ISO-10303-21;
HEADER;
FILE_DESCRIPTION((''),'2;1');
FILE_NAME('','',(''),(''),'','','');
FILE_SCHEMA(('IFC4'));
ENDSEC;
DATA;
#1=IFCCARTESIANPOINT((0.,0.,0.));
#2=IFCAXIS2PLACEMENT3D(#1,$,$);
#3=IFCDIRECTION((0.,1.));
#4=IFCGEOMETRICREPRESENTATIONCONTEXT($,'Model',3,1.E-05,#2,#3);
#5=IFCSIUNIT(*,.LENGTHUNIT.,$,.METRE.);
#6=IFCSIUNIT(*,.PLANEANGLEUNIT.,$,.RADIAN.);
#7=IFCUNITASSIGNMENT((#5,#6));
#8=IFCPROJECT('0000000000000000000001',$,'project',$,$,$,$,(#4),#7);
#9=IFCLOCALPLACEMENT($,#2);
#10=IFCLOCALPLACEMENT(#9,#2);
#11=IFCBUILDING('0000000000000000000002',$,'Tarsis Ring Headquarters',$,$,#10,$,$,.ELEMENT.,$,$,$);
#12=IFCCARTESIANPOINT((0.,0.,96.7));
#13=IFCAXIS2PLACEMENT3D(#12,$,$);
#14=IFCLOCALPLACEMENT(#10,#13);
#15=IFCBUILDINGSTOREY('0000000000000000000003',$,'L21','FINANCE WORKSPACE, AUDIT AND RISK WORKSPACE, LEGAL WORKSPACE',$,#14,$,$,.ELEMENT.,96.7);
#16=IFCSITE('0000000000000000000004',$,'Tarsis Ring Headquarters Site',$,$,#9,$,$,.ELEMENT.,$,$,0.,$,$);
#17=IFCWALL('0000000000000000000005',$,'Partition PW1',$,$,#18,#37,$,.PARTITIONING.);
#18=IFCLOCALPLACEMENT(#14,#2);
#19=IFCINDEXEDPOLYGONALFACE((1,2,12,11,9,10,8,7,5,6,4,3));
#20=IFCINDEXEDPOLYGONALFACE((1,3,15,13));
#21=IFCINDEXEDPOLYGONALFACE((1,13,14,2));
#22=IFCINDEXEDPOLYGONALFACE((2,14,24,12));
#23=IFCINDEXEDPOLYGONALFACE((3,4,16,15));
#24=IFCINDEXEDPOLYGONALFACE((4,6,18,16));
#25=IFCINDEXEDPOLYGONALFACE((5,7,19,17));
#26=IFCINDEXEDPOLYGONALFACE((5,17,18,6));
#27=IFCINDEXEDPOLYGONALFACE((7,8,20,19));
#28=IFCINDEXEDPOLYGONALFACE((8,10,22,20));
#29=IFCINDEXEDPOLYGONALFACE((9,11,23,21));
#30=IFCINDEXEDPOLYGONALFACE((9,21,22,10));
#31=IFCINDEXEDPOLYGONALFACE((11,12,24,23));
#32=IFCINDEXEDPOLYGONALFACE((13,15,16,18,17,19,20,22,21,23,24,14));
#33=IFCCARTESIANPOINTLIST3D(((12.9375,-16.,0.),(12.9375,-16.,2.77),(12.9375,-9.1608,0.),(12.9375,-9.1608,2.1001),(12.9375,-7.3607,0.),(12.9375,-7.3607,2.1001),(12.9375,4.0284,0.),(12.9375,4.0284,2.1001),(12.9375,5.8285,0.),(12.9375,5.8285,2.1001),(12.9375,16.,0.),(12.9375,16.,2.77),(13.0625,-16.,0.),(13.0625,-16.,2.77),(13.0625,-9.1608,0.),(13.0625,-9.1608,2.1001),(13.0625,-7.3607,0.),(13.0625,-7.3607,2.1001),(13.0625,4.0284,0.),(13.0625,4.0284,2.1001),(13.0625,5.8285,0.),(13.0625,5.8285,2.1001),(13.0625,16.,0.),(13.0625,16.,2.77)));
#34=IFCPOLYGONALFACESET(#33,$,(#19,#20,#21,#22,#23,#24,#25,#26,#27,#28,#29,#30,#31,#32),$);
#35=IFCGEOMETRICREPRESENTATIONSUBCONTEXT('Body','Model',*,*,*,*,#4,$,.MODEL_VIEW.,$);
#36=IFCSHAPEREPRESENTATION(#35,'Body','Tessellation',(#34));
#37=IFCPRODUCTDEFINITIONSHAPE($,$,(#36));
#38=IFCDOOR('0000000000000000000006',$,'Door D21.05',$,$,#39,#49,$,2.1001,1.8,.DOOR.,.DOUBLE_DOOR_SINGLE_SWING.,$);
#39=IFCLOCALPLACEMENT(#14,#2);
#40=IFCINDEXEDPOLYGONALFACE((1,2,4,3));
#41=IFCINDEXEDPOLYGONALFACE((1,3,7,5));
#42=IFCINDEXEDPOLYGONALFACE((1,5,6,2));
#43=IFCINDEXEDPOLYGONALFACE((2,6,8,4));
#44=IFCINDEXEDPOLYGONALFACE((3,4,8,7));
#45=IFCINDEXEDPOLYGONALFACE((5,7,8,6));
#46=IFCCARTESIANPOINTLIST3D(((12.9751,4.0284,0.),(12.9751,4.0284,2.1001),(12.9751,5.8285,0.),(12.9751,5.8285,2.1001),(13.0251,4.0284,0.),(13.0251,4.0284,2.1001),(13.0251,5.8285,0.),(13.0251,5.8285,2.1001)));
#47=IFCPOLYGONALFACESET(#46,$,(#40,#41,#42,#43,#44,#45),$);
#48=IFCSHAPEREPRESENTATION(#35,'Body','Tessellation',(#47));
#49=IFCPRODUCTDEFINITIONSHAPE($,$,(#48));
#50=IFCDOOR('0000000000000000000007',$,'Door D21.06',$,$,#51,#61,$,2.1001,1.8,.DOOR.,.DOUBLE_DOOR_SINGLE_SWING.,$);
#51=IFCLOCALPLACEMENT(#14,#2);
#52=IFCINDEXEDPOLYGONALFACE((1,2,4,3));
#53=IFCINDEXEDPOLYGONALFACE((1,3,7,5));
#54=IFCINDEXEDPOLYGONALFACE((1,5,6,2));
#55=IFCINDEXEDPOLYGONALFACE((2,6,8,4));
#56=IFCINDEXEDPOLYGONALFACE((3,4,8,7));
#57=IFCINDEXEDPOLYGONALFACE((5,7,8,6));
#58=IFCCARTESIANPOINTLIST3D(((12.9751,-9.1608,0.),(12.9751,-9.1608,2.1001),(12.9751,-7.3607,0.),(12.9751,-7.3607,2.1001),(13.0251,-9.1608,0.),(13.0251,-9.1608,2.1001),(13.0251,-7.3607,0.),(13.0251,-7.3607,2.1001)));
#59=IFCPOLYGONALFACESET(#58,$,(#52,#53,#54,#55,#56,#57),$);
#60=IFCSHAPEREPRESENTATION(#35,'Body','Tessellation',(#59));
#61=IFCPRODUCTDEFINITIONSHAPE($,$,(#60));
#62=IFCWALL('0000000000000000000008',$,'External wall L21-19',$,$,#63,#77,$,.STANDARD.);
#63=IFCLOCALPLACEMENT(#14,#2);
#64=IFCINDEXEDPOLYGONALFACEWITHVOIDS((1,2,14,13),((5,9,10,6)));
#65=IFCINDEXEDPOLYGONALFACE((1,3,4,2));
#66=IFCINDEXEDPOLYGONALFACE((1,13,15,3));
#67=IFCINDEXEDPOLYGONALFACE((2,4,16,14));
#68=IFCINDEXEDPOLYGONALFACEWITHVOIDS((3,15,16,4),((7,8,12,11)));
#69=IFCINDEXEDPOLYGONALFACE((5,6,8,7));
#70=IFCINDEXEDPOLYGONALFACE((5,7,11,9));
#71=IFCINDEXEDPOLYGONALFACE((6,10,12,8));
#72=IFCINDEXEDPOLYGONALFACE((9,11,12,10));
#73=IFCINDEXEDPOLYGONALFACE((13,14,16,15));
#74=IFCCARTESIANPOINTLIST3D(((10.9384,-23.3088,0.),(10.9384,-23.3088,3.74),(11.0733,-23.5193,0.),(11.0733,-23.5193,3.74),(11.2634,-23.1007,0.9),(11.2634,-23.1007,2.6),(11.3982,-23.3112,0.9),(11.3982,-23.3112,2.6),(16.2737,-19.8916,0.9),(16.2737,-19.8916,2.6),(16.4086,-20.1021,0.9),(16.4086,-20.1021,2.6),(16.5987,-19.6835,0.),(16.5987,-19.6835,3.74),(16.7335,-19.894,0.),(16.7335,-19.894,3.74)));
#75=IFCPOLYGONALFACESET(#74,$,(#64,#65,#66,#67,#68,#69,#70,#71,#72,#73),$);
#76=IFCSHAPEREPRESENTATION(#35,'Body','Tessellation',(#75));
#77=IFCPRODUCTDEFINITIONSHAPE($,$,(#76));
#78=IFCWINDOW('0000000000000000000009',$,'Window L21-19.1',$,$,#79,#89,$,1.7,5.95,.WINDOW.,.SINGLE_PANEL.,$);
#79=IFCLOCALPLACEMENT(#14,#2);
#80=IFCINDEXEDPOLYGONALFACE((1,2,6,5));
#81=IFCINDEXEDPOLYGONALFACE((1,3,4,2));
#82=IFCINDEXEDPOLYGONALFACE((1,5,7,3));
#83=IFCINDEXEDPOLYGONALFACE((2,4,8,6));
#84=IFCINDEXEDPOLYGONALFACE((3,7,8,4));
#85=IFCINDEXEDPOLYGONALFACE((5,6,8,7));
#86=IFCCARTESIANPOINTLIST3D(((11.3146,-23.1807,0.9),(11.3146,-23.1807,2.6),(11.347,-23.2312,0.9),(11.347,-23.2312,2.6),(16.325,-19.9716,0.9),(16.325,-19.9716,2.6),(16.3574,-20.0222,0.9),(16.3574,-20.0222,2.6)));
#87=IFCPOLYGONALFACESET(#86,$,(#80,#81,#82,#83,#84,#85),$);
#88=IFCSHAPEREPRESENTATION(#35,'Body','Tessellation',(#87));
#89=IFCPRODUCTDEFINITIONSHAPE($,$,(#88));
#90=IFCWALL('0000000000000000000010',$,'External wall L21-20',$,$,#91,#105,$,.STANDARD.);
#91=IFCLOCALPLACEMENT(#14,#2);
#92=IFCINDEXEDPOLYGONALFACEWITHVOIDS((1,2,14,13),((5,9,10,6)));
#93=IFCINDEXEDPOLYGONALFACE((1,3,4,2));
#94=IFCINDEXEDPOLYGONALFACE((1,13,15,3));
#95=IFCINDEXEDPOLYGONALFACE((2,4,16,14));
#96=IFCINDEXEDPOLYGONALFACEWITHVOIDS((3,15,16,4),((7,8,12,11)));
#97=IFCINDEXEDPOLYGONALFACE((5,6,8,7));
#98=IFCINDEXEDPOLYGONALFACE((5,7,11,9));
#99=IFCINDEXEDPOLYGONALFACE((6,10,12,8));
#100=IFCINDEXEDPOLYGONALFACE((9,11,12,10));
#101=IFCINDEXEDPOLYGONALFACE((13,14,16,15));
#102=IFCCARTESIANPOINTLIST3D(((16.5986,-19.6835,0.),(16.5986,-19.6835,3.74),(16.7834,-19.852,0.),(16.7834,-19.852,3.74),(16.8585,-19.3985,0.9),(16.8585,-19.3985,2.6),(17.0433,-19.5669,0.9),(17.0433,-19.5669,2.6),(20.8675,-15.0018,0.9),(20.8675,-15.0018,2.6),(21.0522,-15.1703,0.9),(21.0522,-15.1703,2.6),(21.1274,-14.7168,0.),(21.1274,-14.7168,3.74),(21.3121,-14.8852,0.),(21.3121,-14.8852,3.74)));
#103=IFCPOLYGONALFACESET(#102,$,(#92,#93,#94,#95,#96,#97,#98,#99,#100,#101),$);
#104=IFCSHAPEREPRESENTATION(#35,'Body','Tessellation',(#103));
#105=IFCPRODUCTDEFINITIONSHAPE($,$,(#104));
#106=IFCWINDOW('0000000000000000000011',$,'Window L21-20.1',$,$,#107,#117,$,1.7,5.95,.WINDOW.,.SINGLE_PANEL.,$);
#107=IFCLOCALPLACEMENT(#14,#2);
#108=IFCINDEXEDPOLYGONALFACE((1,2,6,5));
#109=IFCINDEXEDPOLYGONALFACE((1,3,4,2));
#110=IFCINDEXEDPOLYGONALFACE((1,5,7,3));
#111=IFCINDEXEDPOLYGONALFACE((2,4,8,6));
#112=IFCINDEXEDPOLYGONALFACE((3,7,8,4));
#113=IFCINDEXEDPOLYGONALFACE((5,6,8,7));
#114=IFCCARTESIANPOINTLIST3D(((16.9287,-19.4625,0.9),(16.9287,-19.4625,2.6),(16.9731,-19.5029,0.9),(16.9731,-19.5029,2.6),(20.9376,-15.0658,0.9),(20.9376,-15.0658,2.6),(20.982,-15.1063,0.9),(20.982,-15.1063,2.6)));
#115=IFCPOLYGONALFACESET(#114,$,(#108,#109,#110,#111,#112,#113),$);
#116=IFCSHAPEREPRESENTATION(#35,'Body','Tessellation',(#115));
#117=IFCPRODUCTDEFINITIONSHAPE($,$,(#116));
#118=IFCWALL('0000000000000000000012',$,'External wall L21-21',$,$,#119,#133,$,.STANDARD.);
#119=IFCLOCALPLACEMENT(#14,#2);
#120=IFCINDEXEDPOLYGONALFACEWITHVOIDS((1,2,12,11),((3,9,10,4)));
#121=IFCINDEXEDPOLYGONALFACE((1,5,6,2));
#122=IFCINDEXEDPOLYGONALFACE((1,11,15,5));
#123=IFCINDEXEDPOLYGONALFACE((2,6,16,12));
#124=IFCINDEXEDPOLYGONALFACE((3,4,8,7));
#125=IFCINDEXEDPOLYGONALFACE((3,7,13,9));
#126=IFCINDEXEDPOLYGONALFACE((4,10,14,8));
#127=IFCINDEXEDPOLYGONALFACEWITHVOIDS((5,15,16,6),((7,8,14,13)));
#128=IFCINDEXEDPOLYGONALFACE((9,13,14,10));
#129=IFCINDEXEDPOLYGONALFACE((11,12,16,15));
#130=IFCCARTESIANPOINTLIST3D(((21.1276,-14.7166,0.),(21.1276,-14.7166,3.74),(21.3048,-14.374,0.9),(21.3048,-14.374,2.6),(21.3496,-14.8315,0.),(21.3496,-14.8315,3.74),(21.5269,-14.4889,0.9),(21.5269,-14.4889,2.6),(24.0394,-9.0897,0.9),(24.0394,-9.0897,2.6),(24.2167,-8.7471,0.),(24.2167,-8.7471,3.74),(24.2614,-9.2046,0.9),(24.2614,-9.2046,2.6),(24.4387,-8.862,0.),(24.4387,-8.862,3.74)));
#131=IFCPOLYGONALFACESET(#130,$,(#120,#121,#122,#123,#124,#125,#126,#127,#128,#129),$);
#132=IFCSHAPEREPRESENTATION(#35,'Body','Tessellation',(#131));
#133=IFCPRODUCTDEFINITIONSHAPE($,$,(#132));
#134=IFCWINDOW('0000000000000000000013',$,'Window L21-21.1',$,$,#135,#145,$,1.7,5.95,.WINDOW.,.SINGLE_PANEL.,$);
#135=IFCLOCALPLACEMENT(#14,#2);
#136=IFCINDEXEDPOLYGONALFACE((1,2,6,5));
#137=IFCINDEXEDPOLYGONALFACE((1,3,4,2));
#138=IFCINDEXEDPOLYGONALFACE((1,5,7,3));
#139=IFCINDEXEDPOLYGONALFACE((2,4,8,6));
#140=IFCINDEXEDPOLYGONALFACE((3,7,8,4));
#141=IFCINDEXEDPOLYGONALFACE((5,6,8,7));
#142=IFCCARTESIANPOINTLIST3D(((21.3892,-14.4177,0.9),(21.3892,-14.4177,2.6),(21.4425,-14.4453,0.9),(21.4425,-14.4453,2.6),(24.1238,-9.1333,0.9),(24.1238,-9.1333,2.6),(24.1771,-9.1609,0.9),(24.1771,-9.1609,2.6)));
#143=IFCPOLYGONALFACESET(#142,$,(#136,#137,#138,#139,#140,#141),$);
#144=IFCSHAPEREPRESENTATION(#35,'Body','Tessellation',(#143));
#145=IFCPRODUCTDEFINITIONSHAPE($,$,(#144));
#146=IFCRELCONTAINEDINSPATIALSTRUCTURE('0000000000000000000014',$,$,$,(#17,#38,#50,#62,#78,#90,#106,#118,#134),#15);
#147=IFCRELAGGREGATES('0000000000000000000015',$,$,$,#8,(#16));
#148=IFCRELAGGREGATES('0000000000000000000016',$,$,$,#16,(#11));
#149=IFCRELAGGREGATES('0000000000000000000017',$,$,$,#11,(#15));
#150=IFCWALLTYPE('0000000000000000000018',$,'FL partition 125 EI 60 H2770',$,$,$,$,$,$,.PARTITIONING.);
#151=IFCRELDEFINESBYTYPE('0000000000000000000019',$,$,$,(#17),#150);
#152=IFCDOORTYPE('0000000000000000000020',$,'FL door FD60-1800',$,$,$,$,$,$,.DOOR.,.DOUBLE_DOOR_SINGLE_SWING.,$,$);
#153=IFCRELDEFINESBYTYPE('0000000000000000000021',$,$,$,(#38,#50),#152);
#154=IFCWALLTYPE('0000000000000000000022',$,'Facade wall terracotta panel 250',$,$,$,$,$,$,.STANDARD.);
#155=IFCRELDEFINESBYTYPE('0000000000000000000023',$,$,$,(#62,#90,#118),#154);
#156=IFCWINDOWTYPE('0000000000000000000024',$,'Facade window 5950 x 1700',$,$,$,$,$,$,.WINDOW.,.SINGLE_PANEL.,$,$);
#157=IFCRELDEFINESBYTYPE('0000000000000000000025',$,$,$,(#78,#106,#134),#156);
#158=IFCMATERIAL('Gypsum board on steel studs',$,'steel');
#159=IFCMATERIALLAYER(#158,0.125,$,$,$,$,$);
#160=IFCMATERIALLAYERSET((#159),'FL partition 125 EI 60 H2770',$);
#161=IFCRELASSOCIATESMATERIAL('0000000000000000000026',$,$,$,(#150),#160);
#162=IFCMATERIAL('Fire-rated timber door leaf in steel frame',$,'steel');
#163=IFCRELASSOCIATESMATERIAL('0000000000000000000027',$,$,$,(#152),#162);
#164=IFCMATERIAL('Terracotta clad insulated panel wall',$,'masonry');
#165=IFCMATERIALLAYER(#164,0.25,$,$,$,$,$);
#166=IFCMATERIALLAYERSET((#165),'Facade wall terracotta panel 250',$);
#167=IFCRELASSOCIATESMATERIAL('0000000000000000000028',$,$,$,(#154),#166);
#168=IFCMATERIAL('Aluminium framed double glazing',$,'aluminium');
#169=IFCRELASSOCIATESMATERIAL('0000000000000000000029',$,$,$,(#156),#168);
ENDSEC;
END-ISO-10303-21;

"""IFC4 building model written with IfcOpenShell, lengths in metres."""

from ifc_helpers import new_model, si_unit, direction, frame, frame_2d, origin, place, context, subcontext, project, spatial, rectangle, extrude, material, layer, layer_set, type_object, element, fill, save


model = new_model("IFC4")

# Units and contexts
model_context = context("Model", 3, precision=1e-05, world=origin(), true_north=direction((0.0, 1.0)))
body_context = subcontext(model_context, "Body", "Model", "MODEL_VIEW")
ifc_project = project(units=[si_unit("LENGTHUNIT", "METRE"), si_unit("PLANEANGLEUNIT", "RADIAN")], contexts=[model_context])

# Site, building, storey
site_placement = place(None, origin())
site = spatial("IfcSite", under=ifc_project, at=site_placement, Name="Tarsis Ring Headquarters Site", CompositionType="ELEMENT", RefElevation=0.0)
building_placement = place(site_placement, origin())
building = spatial("IfcBuilding", under=site, at=building_placement, Name="Tarsis Ring Headquarters", CompositionType="ELEMENT")
storey_placement = place(building_placement, frame((0.0, 0.0, 96.7)))
storey = spatial("IfcBuildingStorey", under=building, at=storey_placement, Name="L21", Description="FINANCE WORKSPACE, AUDIT AND RISK WORKSPACE, LEGAL WORKSPACE", CompositionType="ELEMENT", Elevation=96.7)

# Shared definitions
ifc_material_1 = material(Name="Gypsum board on steel studs", Category="steel")

# Wall, openings, doors
ifc_layer_1 = layer(ifc_material_1, 0.125)
ifc_layer_set_1 = layer_set([ifc_layer_1], Name="FL partition 125 EI 60 H2770")
wall_type_1 = type_object("IfcWallType", Name="FL partition 125 EI 60 H2770", PredefinedType="PARTITIONING", material=ifc_layer_set_1)
wall_1_placement = place(storey_placement, frame((13.0, -16.0, 0.0), z_axis=(0.0, 0.0, 1.0), x_axis=(0.0, 1.0, 0.0)))
wall_1 = element("IfcWall", 1, at=wall_1_placement, inside=storey, type_object=wall_type_1, Name="Partition PW1", PredefinedType="PARTITIONING", context=body_context, shape_type="SweptSolid", body=[
    extrude(rectangle(XDim=32.0, YDim=0.125, at=frame_2d((16.0, 0.0))), origin(), (0.0, 0.0, 1.0), 2.77),
])
opening_1_placement = place(wall_1_placement, frame((20.0286, 0.0, 0.0)))
opening_1 = element("IfcOpeningElement", 2, at=opening_1_placement, cuts=wall_1, PredefinedType="OPENING", context=body_context, shape_type="SweptSolid", body=[
    extrude(rectangle(XDim=1.8, YDim=2.1001, at=frame_2d((0.8999, 1.05))), frame((0.0, 0.0725, 0.0), z_axis=(0.0, -1.0, 0.0), x_axis=(1.0, 0.0, 0.0)), (0.0, 0.0, 1.0), 0.145),
])
opening_2_placement = place(wall_1_placement, frame((6.8394, 0.0, 0.0)))
opening_2 = element("IfcOpeningElement", 3, at=opening_2_placement, cuts=wall_1, PredefinedType="OPENING", context=body_context, shape_type="SweptSolid", body=[
    extrude(rectangle(XDim=1.8, YDim=2.1001, at=frame_2d((0.8999, 1.05))), frame((0.0, 0.0725, 0.0), z_axis=(0.0, -1.0, 0.0), x_axis=(1.0, 0.0, 0.0)), (0.0, 0.0, 1.0), 0.145),
])
ifc_material_2 = material(Name="Fire-rated timber door leaf in steel frame", Category="steel")
door_type_1 = type_object("IfcDoorType", Name="FL door FD60-1800", OperationType="DOUBLE_DOOR_SINGLE_SWING", PredefinedType="DOOR", material=ifc_material_2)
door_1_placement = place(opening_1_placement, origin())
door_1 = element("IfcDoor", 4, at=door_1_placement, inside=storey, type_object=door_type_1, Name="Door D21.05", OperationType="DOUBLE_DOOR_SINGLE_SWING", OverallHeight=2.1001, OverallWidth=1.8, PredefinedType="DOOR", context=body_context, shape_type="SweptSolid", body=[
    extrude(rectangle(XDim=1.8, YDim=2.1001, at=frame_2d((0.8999, 1.05))), frame((0.0, 0.0249, 0.0), z_axis=(0.0, -1.0, 0.0), x_axis=(1.0, 0.0, 0.0)), (0.0, 0.0, 1.0), 0.05),
])
fill(opening_1, door_1)
door_2_placement = place(opening_2_placement, origin())
door_2 = element("IfcDoor", 5, at=door_2_placement, inside=storey, type_object=door_type_1, Name="Door D21.06", OperationType="DOUBLE_DOOR_SINGLE_SWING", OverallHeight=2.1001, OverallWidth=1.8, PredefinedType="DOOR", context=body_context, shape_type="SweptSolid", body=[
    extrude(rectangle(XDim=1.8, YDim=2.1001, at=frame_2d((0.8999, 1.05))), frame((0.0, 0.0249, 0.0), z_axis=(0.0, -1.0, 0.0), x_axis=(1.0, 0.0, 0.0)), (0.0, 0.0, 1.0), 0.05),
])
fill(opening_2, door_2)

# Walls, openings, windows
ifc_material_3 = material(Name="Terracotta clad insulated panel wall", Category="masonry")
ifc_layer_2 = layer(ifc_material_3, 0.25)
ifc_layer_set_2 = layer_set([ifc_layer_2], Name="Facade wall terracotta panel 250")
wall_type_2 = type_object("IfcWallType", Name="Facade wall terracotta panel 250", PredefinedType="STANDARD", material=ifc_layer_set_2)
wall_2_placement = place(storey_placement, frame((11.0059, -23.4141, 0.0), z_axis=(0.0, 0.0, 1.0), x_axis=(0.842086, 0.539343, 0.0)))
wall_2 = element("IfcWall", 6, at=wall_2_placement, inside=storey, type_object=wall_type_2, Name="External wall L21-19", PredefinedType="STANDARD", context=body_context, shape_type="SweptSolid", body=[
    extrude(rectangle(XDim=6.7217, YDim=0.25, at=frame_2d((3.3608, 0.0))), origin(), (0.0, 0.0, 1.0), 3.74),
])
opening_3_placement = place(wall_2_placement, frame((0.3857, 0.0, 0.8999)))
opening_3 = element("IfcOpeningElement", 7, at=opening_3_placement, cuts=wall_2, PredefinedType="OPENING", context=body_context, shape_type="SweptSolid", body=[
    extrude(rectangle(XDim=5.95, YDim=1.7, at=frame_2d((2.9751, 0.8501))), frame((0.0, 0.135, 0.0), z_axis=(0.0, -1.0, 0.0), x_axis=(1.0, 0.0, 0.0)), (0.0, 0.0, 1.0), 0.27),
])
ifc_material_4 = material(Name="Aluminium framed double glazing", Category="aluminium")
window_type = type_object("IfcWindowType", Name="Facade window 5950 x 1700", PartitioningType="SINGLE_PANEL", PredefinedType="WINDOW", material=ifc_material_4)
window_1_placement = place(opening_3_placement, origin())
window_1 = element("IfcWindow", 8, at=window_1_placement, inside=storey, type_object=window_type, Name="Window L21-19.1", OverallHeight=1.7, OverallWidth=5.95, PartitioningType="SINGLE_PANEL", PredefinedType="WINDOW", context=body_context, shape_type="SweptSolid", body=[
    extrude(rectangle(XDim=5.95, YDim=1.7, at=frame_2d((2.9751, 0.8501))), frame((0.0, 0.03, 0.0), z_axis=(0.0, -1.0, 0.0), x_axis=(1.0, 0.0, 0.0)), (0.0, 0.0, 1.0), 0.0601),
])
fill(opening_3, window_1)
wall_3_placement = place(storey_placement, frame((16.6909, -19.7678, 0.0), z_axis=(0.0, 0.0, 1.0), x_axis=(0.673775, 0.738937, 0.0)))
wall_3 = element("IfcWall", 9, at=wall_3_placement, inside=storey, type_object=wall_type_2, Name="External wall L21-20", PredefinedType="STANDARD", context=body_context, shape_type="SweptSolid", body=[
    extrude(rectangle(XDim=6.7214, YDim=0.25, at=frame_2d((3.3608, 0.0))), origin(), (0.0, 0.0, 1.0), 3.74),
])
opening_4_placement = place(wall_3_placement, frame((0.3857, 0.0, 0.8999)))
opening_4 = element("IfcOpeningElement", 10, at=opening_4_placement, cuts=wall_3, PredefinedType="OPENING", context=body_context, shape_type="SweptSolid", body=[
    extrude(rectangle(XDim=5.95, YDim=1.7, at=frame_2d((2.9751, 0.8501))), frame((0.0, 0.135, 0.0), z_axis=(0.0, -1.0, 0.0), x_axis=(1.0, 0.0, 0.0)), (0.0, 0.0, 1.0), 0.27),
])
window_2_placement = place(opening_4_placement, origin())
window_2 = element("IfcWindow", 11, at=window_2_placement, inside=storey, type_object=window_type, Name="Window L21-20.1", OverallHeight=1.7, OverallWidth=5.95, PartitioningType="SINGLE_PANEL", PredefinedType="WINDOW", context=body_context, shape_type="SweptSolid", body=[
    extrude(rectangle(XDim=5.95, YDim=1.7, at=frame_2d((2.9751, 0.8501))), frame((0.0, 0.03, 0.0), z_axis=(0.0, -1.0, 0.0), x_axis=(1.0, 0.0, 0.0)), (0.0, 0.0, 1.0), 0.0601),
])
fill(opening_4, window_2)
wall_4_placement = place(storey_placement, frame((21.2385, -14.7742, 0.0), z_axis=(0.0, 0.0, 1.0), x_axis=(0.459593, 0.88813, 0.0)))
wall_4 = element("IfcWall", 12, at=wall_4_placement, inside=storey, type_object=wall_type_2, Name="External wall L21-21", PredefinedType="STANDARD", context=body_context, shape_type="SweptSolid", body=[
    extrude(rectangle(XDim=6.7214, YDim=0.25, at=frame_2d((3.3608, 0.0))), origin(), (0.0, 0.0, 1.0), 3.74),
])
opening_5_placement = place(wall_4_placement, frame((0.3857, 0.0, 0.8999)))
opening_5 = element("IfcOpeningElement", 13, at=opening_5_placement, cuts=wall_4, PredefinedType="OPENING", context=body_context, shape_type="SweptSolid", body=[
    extrude(rectangle(XDim=5.95, YDim=1.7, at=frame_2d((2.9751, 0.8501))), frame((0.0, 0.135, 0.0), z_axis=(0.0, -1.0, 0.0), x_axis=(1.0, 0.0, 0.0)), (0.0, 0.0, 1.0), 0.27),
])
window_3_placement = place(opening_5_placement, origin())
window_3 = element("IfcWindow", 14, at=window_3_placement, inside=storey, type_object=window_type, Name="Window L21-21.1", OverallHeight=1.7, OverallWidth=5.95, PartitioningType="SINGLE_PANEL", PredefinedType="WINDOW", context=body_context, shape_type="SweptSolid", body=[
    extrude(rectangle(XDim=5.95, YDim=1.7, at=frame_2d((2.9751, 0.8501))), frame((0.0, 0.03, 0.0), z_axis=(0.0, -1.0, 0.0), x_axis=(1.0, 0.0, 0.0)), (0.0, 0.0, 1.0), 0.0601),
])
fill(opening_5, window_3)

save(model, "model.ifc")
